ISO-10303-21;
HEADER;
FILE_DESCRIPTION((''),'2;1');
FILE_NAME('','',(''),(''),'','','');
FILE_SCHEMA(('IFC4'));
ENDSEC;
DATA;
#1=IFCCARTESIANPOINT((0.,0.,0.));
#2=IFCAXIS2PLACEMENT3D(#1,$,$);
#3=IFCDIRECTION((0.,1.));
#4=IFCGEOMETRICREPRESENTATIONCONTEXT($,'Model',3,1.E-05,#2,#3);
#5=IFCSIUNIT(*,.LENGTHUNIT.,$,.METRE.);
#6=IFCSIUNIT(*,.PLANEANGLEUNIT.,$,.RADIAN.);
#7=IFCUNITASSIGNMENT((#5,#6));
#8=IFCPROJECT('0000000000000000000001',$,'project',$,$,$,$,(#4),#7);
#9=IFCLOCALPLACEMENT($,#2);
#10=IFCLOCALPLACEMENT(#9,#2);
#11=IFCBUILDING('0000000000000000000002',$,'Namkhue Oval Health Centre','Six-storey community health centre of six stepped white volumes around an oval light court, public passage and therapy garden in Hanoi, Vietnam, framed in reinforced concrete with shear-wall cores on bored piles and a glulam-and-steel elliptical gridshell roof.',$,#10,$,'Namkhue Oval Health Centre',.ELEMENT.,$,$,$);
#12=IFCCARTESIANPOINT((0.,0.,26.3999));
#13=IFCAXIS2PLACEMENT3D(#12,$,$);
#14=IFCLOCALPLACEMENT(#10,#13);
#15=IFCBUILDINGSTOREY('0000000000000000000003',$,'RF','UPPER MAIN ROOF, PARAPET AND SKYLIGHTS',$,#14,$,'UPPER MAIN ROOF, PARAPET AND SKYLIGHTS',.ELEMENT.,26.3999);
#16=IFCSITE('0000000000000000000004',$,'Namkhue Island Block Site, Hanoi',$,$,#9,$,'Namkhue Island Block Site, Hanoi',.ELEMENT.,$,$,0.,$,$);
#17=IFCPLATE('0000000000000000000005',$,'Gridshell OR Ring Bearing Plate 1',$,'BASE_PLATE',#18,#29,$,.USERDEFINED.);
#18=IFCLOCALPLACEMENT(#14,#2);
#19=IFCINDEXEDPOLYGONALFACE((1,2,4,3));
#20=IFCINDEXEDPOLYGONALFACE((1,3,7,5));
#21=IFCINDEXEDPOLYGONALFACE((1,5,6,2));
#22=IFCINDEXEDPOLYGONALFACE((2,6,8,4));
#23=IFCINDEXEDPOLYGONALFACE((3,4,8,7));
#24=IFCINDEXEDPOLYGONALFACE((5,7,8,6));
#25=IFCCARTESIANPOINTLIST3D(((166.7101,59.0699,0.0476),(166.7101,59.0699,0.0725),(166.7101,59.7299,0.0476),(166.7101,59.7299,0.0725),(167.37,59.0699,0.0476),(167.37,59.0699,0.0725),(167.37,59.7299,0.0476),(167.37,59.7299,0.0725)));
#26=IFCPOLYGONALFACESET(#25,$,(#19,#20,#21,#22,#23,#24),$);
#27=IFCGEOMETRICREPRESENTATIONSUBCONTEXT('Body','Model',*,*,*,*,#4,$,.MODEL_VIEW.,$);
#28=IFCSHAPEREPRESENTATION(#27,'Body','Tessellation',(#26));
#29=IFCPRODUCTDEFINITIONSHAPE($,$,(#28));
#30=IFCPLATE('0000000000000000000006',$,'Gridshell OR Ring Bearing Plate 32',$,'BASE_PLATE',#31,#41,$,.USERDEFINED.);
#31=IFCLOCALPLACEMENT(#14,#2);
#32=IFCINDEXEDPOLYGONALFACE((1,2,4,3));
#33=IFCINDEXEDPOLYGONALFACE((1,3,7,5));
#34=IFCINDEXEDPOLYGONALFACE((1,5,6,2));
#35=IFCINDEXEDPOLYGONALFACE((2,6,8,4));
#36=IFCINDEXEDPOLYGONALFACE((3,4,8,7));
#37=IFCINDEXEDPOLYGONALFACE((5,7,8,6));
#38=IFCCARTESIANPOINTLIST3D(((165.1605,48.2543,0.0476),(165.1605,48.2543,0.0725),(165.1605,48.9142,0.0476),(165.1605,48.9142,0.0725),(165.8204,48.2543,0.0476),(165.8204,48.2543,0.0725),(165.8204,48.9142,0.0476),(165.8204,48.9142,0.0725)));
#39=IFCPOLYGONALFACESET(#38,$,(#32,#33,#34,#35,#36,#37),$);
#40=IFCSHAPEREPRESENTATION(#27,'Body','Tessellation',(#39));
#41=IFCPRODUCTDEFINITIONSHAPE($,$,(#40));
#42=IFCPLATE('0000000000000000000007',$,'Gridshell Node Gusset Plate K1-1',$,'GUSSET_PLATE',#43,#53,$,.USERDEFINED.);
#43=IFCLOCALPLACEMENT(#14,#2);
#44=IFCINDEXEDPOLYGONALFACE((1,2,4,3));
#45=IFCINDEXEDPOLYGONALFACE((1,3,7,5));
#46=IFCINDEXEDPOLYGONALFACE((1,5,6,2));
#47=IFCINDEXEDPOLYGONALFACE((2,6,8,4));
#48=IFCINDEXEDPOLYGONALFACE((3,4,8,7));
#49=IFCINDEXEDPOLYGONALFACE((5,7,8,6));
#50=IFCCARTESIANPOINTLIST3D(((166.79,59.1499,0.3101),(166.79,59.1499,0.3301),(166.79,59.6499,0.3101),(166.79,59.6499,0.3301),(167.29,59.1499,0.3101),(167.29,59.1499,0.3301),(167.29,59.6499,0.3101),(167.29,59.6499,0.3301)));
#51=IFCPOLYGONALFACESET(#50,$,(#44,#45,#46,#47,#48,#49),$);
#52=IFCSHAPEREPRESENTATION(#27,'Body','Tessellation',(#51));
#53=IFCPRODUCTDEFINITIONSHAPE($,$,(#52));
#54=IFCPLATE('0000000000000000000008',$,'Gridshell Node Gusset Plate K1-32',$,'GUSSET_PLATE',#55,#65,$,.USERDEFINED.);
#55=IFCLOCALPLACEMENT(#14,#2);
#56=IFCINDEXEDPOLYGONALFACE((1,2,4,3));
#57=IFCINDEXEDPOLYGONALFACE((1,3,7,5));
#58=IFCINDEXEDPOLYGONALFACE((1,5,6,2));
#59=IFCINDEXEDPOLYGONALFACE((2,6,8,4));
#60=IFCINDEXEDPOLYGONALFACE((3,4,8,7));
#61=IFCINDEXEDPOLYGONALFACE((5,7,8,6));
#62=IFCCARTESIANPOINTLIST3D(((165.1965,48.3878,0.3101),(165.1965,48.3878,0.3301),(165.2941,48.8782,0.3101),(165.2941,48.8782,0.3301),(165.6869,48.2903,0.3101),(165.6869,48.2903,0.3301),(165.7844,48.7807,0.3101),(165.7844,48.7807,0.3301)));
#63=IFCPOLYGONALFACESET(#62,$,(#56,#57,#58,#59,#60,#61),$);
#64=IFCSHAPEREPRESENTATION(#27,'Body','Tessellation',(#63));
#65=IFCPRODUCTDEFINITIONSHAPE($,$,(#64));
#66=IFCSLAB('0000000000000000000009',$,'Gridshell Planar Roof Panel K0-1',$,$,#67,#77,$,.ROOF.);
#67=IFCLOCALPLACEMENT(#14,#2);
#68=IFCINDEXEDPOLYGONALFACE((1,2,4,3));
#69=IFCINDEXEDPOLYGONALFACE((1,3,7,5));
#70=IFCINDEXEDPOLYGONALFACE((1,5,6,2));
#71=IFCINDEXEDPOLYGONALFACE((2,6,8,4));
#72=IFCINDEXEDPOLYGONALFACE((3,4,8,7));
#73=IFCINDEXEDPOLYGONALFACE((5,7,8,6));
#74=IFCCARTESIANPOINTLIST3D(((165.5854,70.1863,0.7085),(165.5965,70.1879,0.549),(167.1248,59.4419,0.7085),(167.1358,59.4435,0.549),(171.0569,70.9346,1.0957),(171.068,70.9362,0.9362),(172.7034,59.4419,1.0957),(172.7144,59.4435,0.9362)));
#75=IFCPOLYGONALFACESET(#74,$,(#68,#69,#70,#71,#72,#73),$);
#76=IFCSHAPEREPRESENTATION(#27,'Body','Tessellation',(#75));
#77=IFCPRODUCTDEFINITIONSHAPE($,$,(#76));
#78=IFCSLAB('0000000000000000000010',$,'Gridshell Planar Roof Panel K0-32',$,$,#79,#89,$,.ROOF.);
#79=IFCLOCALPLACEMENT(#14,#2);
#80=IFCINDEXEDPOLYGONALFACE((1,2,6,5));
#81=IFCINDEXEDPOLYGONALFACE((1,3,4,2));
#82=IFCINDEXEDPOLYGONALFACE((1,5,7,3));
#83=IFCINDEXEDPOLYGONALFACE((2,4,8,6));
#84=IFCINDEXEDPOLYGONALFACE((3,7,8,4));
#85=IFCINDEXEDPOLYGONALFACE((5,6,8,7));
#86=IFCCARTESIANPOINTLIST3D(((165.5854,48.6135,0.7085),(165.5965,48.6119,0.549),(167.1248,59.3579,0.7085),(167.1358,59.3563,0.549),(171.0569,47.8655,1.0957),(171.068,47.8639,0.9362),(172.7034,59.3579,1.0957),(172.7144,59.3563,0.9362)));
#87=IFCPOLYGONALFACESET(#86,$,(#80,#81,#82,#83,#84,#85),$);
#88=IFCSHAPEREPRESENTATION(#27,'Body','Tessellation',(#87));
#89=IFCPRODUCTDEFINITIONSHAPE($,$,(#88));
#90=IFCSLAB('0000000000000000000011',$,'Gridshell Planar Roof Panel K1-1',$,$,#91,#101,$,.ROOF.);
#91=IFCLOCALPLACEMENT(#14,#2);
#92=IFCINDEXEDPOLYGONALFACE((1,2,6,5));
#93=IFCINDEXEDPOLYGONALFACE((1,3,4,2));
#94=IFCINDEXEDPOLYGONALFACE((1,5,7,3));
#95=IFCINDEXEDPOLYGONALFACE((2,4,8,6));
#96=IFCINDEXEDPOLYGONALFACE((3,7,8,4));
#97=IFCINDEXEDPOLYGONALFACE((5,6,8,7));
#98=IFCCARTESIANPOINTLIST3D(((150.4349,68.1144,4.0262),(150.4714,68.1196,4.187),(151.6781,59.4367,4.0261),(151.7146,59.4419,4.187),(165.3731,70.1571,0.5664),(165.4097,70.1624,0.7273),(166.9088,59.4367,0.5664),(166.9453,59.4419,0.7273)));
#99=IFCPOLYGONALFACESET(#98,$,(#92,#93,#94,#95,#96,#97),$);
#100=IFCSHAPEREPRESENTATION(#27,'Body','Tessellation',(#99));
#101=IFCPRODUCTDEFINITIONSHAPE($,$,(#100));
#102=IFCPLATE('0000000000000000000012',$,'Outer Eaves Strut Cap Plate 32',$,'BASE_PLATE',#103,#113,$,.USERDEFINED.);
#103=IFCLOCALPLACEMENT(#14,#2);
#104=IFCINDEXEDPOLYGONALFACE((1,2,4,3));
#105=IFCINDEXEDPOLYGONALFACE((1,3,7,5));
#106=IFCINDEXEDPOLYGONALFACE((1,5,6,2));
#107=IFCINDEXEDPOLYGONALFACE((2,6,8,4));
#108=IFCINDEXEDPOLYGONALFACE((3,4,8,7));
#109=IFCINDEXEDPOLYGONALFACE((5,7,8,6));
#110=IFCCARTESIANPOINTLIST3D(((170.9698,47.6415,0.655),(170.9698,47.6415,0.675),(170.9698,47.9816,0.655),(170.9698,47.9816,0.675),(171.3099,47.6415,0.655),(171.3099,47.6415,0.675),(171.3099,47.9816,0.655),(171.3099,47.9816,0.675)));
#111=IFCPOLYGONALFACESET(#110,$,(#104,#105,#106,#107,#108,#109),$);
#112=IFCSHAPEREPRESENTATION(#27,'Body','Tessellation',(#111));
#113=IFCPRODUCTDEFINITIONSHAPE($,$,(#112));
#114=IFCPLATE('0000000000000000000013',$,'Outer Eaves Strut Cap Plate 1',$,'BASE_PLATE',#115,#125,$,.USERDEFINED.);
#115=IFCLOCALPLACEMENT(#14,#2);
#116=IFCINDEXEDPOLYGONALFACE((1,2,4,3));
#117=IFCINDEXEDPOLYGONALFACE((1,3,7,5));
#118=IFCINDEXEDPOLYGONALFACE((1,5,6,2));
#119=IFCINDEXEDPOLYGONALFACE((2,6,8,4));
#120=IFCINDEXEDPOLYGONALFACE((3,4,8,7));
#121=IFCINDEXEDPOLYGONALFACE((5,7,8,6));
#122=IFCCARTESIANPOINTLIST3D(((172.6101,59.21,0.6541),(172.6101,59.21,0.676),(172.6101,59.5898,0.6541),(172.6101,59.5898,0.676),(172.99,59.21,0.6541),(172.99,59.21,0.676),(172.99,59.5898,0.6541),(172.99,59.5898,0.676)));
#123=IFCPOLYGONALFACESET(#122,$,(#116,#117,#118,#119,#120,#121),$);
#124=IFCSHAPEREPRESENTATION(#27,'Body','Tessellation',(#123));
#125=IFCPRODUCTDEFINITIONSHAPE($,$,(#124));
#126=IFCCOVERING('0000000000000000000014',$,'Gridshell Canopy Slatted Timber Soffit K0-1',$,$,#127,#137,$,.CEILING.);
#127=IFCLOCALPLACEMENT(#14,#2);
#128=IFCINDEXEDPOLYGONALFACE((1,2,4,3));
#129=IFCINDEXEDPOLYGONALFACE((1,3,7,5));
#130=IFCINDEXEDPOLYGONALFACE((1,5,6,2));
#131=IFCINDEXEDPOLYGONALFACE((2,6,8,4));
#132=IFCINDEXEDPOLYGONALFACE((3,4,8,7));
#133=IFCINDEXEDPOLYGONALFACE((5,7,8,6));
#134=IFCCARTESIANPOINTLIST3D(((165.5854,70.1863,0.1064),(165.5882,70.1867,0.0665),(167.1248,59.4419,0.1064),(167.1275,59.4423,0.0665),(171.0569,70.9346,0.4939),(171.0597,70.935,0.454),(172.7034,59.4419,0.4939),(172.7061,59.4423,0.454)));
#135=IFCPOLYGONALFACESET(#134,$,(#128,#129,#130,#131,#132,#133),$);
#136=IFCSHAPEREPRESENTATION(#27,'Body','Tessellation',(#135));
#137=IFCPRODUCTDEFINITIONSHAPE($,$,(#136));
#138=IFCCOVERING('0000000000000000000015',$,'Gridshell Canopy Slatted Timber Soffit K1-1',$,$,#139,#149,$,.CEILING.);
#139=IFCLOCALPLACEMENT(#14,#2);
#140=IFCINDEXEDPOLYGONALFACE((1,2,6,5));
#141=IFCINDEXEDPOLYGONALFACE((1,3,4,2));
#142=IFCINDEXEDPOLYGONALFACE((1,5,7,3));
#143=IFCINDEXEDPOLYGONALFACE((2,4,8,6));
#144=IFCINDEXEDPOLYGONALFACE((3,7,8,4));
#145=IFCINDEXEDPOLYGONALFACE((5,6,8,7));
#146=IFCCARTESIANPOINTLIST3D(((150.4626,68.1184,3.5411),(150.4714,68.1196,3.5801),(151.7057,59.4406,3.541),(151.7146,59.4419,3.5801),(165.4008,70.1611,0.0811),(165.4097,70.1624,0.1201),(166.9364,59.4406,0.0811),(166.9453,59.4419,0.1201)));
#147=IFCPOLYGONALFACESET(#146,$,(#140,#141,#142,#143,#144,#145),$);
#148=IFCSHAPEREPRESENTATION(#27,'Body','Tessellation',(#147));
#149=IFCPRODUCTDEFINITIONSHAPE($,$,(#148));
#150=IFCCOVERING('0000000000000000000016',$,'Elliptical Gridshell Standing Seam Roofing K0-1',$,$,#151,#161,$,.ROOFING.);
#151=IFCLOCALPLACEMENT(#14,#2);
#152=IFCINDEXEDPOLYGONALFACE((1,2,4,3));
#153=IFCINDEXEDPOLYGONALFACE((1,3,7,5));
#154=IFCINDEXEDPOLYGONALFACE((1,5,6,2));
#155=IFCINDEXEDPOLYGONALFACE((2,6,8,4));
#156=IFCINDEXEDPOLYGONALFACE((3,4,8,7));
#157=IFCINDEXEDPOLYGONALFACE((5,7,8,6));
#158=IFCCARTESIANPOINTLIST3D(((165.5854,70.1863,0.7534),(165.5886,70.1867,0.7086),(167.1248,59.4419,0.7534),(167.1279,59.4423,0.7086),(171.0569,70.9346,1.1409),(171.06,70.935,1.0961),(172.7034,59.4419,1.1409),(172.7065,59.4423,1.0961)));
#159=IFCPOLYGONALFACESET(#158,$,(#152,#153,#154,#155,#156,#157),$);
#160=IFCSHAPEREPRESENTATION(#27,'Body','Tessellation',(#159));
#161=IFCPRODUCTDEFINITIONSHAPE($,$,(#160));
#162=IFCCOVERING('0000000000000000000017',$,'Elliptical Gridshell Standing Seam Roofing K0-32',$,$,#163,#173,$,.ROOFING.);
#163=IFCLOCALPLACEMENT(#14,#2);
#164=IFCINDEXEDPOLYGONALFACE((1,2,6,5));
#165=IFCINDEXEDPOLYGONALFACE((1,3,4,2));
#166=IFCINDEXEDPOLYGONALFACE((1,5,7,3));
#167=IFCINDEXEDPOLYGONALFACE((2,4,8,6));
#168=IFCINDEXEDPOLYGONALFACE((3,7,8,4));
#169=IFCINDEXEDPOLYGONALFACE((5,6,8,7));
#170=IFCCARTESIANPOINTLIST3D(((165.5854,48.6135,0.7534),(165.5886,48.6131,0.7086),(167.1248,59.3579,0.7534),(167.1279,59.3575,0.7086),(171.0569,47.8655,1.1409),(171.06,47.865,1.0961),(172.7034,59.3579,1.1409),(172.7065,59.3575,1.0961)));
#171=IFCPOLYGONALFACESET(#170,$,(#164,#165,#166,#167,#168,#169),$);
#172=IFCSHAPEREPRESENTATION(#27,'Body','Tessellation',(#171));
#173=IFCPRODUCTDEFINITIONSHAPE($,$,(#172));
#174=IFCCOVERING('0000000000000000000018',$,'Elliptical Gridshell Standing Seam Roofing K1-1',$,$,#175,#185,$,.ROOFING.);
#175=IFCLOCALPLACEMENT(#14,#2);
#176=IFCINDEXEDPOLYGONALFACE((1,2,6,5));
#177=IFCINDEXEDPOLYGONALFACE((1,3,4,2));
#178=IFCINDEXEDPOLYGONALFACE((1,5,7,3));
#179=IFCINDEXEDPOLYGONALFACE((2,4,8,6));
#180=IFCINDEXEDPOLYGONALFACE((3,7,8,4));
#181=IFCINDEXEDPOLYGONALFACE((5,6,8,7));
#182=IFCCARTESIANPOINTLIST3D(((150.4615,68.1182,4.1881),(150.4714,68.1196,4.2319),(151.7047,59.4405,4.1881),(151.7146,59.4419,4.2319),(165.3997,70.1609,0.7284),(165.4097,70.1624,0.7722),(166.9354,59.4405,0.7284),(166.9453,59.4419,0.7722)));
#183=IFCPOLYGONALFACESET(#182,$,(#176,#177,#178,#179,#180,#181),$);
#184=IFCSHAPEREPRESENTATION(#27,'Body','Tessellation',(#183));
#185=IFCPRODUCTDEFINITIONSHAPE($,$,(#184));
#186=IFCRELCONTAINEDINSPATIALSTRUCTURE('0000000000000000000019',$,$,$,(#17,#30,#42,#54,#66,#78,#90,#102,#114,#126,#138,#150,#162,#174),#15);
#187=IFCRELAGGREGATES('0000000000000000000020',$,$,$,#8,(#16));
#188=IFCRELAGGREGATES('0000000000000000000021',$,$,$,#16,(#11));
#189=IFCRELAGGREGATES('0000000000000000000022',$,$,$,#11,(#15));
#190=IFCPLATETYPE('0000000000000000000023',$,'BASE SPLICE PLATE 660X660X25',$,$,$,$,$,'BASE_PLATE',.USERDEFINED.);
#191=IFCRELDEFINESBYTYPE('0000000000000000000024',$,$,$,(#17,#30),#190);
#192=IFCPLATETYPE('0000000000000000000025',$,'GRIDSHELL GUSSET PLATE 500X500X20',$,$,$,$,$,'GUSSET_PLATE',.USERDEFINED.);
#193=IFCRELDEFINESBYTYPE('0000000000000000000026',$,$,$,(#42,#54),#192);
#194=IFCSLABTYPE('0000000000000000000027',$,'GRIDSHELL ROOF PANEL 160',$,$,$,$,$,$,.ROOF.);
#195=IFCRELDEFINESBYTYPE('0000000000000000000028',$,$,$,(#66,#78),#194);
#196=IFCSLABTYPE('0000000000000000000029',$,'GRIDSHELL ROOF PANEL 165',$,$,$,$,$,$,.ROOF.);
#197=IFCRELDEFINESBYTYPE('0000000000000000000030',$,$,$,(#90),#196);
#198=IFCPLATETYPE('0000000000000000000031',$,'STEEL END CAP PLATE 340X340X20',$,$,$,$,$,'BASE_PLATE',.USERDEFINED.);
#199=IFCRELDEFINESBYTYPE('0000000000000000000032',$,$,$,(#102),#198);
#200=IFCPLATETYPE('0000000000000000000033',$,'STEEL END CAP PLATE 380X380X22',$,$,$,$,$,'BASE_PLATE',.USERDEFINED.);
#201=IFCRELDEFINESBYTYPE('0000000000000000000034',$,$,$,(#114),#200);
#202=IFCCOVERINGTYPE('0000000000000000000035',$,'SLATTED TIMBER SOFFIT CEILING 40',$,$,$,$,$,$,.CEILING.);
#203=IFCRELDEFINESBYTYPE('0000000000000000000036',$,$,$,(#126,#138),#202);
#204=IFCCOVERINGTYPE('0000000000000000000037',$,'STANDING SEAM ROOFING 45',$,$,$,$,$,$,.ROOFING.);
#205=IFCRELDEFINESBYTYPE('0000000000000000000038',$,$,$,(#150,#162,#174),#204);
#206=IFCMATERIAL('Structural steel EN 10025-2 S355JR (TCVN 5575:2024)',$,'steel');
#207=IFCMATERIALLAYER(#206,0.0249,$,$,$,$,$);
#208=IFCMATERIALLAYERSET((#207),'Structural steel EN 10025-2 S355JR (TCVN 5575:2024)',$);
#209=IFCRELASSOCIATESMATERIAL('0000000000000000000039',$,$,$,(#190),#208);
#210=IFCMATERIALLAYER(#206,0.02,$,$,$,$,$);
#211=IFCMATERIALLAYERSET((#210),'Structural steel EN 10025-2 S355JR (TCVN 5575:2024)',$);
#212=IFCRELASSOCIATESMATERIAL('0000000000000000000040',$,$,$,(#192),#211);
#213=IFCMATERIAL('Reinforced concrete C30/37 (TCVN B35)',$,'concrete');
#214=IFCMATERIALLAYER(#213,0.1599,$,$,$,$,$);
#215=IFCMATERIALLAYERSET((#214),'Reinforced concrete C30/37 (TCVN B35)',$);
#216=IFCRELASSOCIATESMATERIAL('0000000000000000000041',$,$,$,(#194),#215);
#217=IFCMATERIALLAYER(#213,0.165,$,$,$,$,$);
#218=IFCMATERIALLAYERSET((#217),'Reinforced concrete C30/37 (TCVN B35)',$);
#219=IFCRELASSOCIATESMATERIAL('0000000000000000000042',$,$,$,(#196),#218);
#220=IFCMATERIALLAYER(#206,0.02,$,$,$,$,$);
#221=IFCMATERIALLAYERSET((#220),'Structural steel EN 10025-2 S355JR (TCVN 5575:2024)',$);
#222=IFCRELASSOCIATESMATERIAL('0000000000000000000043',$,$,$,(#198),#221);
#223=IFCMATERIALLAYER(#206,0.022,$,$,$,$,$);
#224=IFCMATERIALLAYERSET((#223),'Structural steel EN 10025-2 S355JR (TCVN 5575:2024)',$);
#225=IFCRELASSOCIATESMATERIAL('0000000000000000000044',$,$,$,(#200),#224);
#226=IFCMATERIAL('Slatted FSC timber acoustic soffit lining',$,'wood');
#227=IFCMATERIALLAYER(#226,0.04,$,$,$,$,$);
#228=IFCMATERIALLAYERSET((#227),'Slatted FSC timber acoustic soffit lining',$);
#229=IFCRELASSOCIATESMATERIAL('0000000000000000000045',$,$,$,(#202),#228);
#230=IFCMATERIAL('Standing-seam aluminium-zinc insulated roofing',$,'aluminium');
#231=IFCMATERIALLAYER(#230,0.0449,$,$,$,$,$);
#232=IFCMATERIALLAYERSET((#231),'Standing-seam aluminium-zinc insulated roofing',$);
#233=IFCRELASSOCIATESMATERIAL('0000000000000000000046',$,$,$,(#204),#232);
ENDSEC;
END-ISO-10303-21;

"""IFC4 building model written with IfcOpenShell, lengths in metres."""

from ifc_helpers import new_model, si_unit, direction, frame, origin, origin_2d, place, context, subcontext, project, spatial, polyline, rectangle, outline, extrude, material, layer, layer_set, type_object, element, save


model = new_model("IFC4")

# Units and contexts
model_context = context("Model", 3, precision=1e-05, world=origin(), true_north=direction((0.0, 1.0)))
body_context = subcontext(model_context, "Body", "Model", "MODEL_VIEW")
ifc_project = project(units=[si_unit("LENGTHUNIT", "METRE"), si_unit("PLANEANGLEUNIT", "RADIAN")], contexts=[model_context])

# Site, building, storey
site_placement = place(None, origin())
site = spatial("IfcSite", under=ifc_project, at=site_placement, Name="Namkhue Island Block Site, Hanoi", LongName="Namkhue Island Block Site, Hanoi", CompositionType="ELEMENT", RefElevation=0.0)
building_placement = place(site_placement, origin())
building = spatial("IfcBuilding", under=site, at=building_placement, Name="Namkhue Oval Health Centre", Description="Six-storey community health centre of six stepped white volumes around an oval light court, public passage and therapy garden in Hanoi, Vietnam, framed in reinforced concrete with shear-wall cores on bored piles and a glulam-and-steel elliptical gridshell roof.", LongName="Namkhue Oval Health Centre", CompositionType="ELEMENT")
storey_placement = place(building_placement, frame((0.0, 0.0, 26.3999)))
storey = spatial("IfcBuildingStorey", under=building, at=storey_placement, Name="RF", Description="UPPER MAIN ROOF, PARAPET AND SKYLIGHTS", LongName="UPPER MAIN ROOF, PARAPET AND SKYLIGHTS", CompositionType="ELEMENT", Elevation=26.3999)

# Shared definitions
ifc_material_1 = material(Name="Structural steel EN 10025-2 S355JR (TCVN 5575:2024)", Category="steel")

# Plates
ifc_layer_1 = layer(ifc_material_1, 0.0249)
ifc_layer_set_1 = layer_set([ifc_layer_1], Name="Structural steel EN 10025-2 S355JR (TCVN 5575:2024)")
plate_type_1 = type_object("IfcPlateType", Name="BASE SPLICE PLATE 660X660X25", ElementType="BASE_PLATE", PredefinedType="USERDEFINED", material=ifc_layer_set_1)
for number, where, z_axis, x_axis, name in (
    (1, (167.04, 59.3999, 0.0476), (0.0, 0.0, 1.0), (1.0, 0.0, 0.0), "Gridshell OR Ring Bearing Plate 1"),
    (2, (165.4905, 48.5842, 0.0476), (0.0, 0.0, 1.0), (1.0, 0.0, 0.0), "Gridshell OR Ring Bearing Plate 32"),
):
    element("IfcPlate", number, at=place(storey_placement, frame(where, z_axis=z_axis, x_axis=x_axis)), inside=storey, type_object=plate_type_1, Name=name, ObjectType="BASE_PLATE", PredefinedType="USERDEFINED", context=body_context, shape_type="SweptSolid", body=[
        extrude(rectangle(XDim=0.6599, YDim=0.6599, at=origin_2d()), origin(), (0.0, 0.0, 1.0), 0.0249),
    ])
ifc_layer_2 = layer(ifc_material_1, 0.02)
ifc_layer_set_2 = layer_set([ifc_layer_2], Name="Structural steel EN 10025-2 S355JR (TCVN 5575:2024)")
plate_type_2 = type_object("IfcPlateType", Name="GRIDSHELL GUSSET PLATE 500X500X20", ElementType="GUSSET_PLATE", PredefinedType="USERDEFINED", material=ifc_layer_set_2)
for number, where, z_axis, x_axis, name in (
    (3, (167.04, 59.3999, 0.3101), (0.0, 0.0, 1.0), (1.0, 0.0, 0.0), "Gridshell Node Gusset Plate K1-1"),
    (4, (165.4905, 48.5842, 0.3101), (0.0, 0.0, 1.0), (0.980785, -0.19509, 0.0), "Gridshell Node Gusset Plate K1-32"),
):
    element("IfcPlate", number, at=place(storey_placement, frame(where, z_axis=z_axis, x_axis=x_axis)), inside=storey, type_object=plate_type_2, Name=name, ObjectType="GUSSET_PLATE", PredefinedType="USERDEFINED", context=body_context, shape_type="SweptSolid", body=[
        extrude(rectangle(XDim=0.5, YDim=0.5, at=origin_2d()), origin(), (0.0, 0.0, 1.0), 0.02),
    ])

# Slabs
ifc_material_2 = material(Name="Reinforced concrete C30/37 (TCVN B35)", Category="concrete")
ifc_layer_3 = layer(ifc_material_2, 0.1599)
ifc_layer_set_3 = layer_set([ifc_layer_3], Name="Reinforced concrete C30/37 (TCVN B35)")
slab_type_1 = type_object("IfcSlabType", Name="GRIDSHELL ROOF PANEL 160", PredefinedType="ROOF", material=ifc_layer_set_3)
slab_1_placement = place(storey_placement, frame((172.7034, 59.4419, 1.0957), z_axis=(-0.069239, -0.00992, 0.997551), x_axis=(-0.141816, 0.989893, 0.0)))
element("IfcSlab", 5, at=slab_1_placement, inside=storey, type_object=slab_type_1, Name="Gridshell Planar Roof Panel K0-1", PredefinedType="ROOF", context=body_context, shape_type="SweptSolid", body=[
    extrude(outline(polyline([(0.0, 0.0), (11.61, 0.0), (11.6452, 5.5358), (0.7911, 5.5358), (0.0, 0.0)])), origin(), (0.0, 0.0, -1.0), 0.1599),
])
slab_2_placement = place(storey_placement, frame((171.0569, 47.8655, 1.0957), z_axis=(-0.069239, 0.00992, 0.997551), x_axis=(0.141819, 0.989893, 0.0)))
element("IfcSlab", 6, at=slab_2_placement, inside=storey, type_object=slab_type_1, Name="Gridshell Planar Roof Panel K0-32", PredefinedType="ROOF", context=body_context, shape_type="SweptSolid", body=[
    extrude(outline(polyline([(0.0, 0.0), (11.6098, 0.0), (10.8186, 5.5358), (-0.0355, 5.5358), (0.0, 0.0)])), origin(), (0.0, 0.0, -1.0), 0.1599),
])
ifc_layer_4 = layer(ifc_material_2, 0.165)
ifc_layer_set_4 = layer_set([ifc_layer_4], Name="Reinforced concrete C30/37 (TCVN B35)")
slab_type_2 = type_object("IfcSlabType", Name="GRIDSHELL ROOF PANEL 165", PredefinedType="ROOF", material=ifc_layer_set_4)
slab_3_placement = place(storey_placement, frame((166.9453, 59.4419, 0.7273), z_axis=(0.221399, 0.031716, 0.974668), x_axis=(-0.141797, 0.989896, -0.000001)))
element("IfcSlab", 7, at=slab_3_placement, inside=storey, type_object=slab_type_2, Name="Gridshell Planar Roof Panel K1-1", PredefinedType="ROOF", context=body_context, shape_type="SweptSolid", body=[
    extrude(outline(polyline([(0.0, 0.0), (10.8299, 0.0), (10.926, 15.4688), (2.1597, 15.4687), (0.0, 0.0)])), origin(), (0.0, 0.0, -1.0), 0.165),
])

# Plates
ifc_layer_5 = layer(ifc_material_1, 0.02)
ifc_layer_set_5 = layer_set([ifc_layer_5], Name="Structural steel EN 10025-2 S355JR (TCVN 5575:2024)")
plate_type_3 = type_object("IfcPlateType", Name="STEEL END CAP PLATE 340X340X20", ElementType="BASE_PLATE", PredefinedType="USERDEFINED", material=ifc_layer_set_5)
plate_1_placement = place(storey_placement, frame((171.1399, 47.8115, 0.655), z_axis=(0.0, 0.0, 1.0), x_axis=(1.0, 0.0, 0.0)))
element("IfcPlate", 8, at=plate_1_placement, inside=storey, type_object=plate_type_3, Name="Outer Eaves Strut Cap Plate 32", ObjectType="BASE_PLATE", PredefinedType="USERDEFINED", context=body_context, shape_type="SweptSolid", body=[
    extrude(rectangle(XDim=0.3401, YDim=0.3401, at=origin_2d()), origin(), (0.0, 0.0, 1.0), 0.02),
])
ifc_layer_6 = layer(ifc_material_1, 0.022)
ifc_layer_set_6 = layer_set([ifc_layer_6], Name="Structural steel EN 10025-2 S355JR (TCVN 5575:2024)")
plate_type_4 = type_object("IfcPlateType", Name="STEEL END CAP PLATE 380X380X22", ElementType="BASE_PLATE", PredefinedType="USERDEFINED", material=ifc_layer_set_6)
plate_2_placement = place(storey_placement, frame((172.8, 59.3999, 0.6541), z_axis=(0.0, 0.0, 1.0), x_axis=(1.0, 0.0, 0.0)))
element("IfcPlate", 9, at=plate_2_placement, inside=storey, type_object=plate_type_4, Name="Outer Eaves Strut Cap Plate 1", ObjectType="BASE_PLATE", PredefinedType="USERDEFINED", context=body_context, shape_type="SweptSolid", body=[
    extrude(rectangle(XDim=0.3799, YDim=0.3799, at=origin_2d()), origin(), (0.0, 0.0, 1.0), 0.022),
])

# Coverings
ifc_material_3 = material(Name="Slatted FSC timber acoustic soffit lining", Category="wood")
ifc_layer_7 = layer(ifc_material_3, 0.04)
ifc_layer_set_7 = layer_set([ifc_layer_7], Name="Slatted FSC timber acoustic soffit lining")
covering_type_1 = type_object("IfcCoveringType", Name="SLATTED TIMBER SOFFIT CEILING 40", PredefinedType="CEILING", material=ifc_layer_set_7)
covering_1_placement = place(storey_placement, frame((172.7034, 59.4419, 0.4939), z_axis=(-0.069282, -0.009926, 0.997548), x_axis=(-0.141816, 0.989893, 0.0)))
element("IfcCovering", 10, at=covering_1_placement, inside=storey, type_object=covering_type_1, Name="Gridshell Canopy Slatted Timber Soffit K0-1", PredefinedType="CEILING", context=body_context, shape_type="SweptSolid", body=[
    extrude(outline(polyline([(0.0, 0.0), (11.61, 0.0), (11.6452, 5.5358), (0.7911, 5.5358), (0.0, 0.0)])), origin(), (0.0, 0.0, -1.0), 0.04),
])
covering_2_placement = place(storey_placement, frame((166.9453, 59.4419, 0.1201), z_axis=(0.221413, 0.031718, 0.974664), x_axis=(-0.141797, 0.989896, -0.000001)))
element("IfcCovering", 11, at=covering_2_placement, inside=storey, type_object=covering_type_1, Name="Gridshell Canopy Slatted Timber Soffit K1-1", PredefinedType="CEILING", context=body_context, shape_type="SweptSolid", body=[
    extrude(outline(polyline([(0.0, 0.0), (10.8299, 0.0), (10.926, 15.4689), (2.1597, 15.4687), (0.0, 0.0)])), origin(), (0.0, 0.0, -1.0), 0.04),
])
ifc_material_4 = material(Name="Standing-seam aluminium-zinc insulated roofing", Category="aluminium")
ifc_layer_8 = layer(ifc_material_4, 0.0449)
ifc_layer_set_8 = layer_set([ifc_layer_8], Name="Standing-seam aluminium-zinc insulated roofing")
covering_type_2 = type_object("IfcCoveringType", Name="STANDING SEAM ROOFING 45", PredefinedType="ROOFING", material=ifc_layer_set_8)
covering_3_placement = place(storey_placement, frame((172.7034, 59.4419, 1.1409), z_axis=(-0.069282, -0.009926, 0.997548), x_axis=(-0.141816, 0.989893, 0.0)))
element("IfcCovering", 12, at=covering_3_placement, inside=storey, type_object=covering_type_2, Name="Elliptical Gridshell Standing Seam Roofing K0-1", PredefinedType="ROOFING", context=body_context, shape_type="SweptSolid", body=[
    extrude(outline(polyline([(0.0, 0.0), (11.61, 0.0), (11.6452, 5.5358), (0.7911, 5.5358), (0.0, 0.0)])), origin(), (0.0, 0.0, -1.0), 0.0449),
])
covering_4_placement = place(storey_placement, frame((171.0569, 47.8655, 1.1409), z_axis=(-0.069283, 0.009926, 0.997548), x_axis=(0.141819, 0.989893, 0.0)))
element("IfcCovering", 13, at=covering_4_placement, inside=storey, type_object=covering_type_2, Name="Elliptical Gridshell Standing Seam Roofing K0-32", PredefinedType="ROOFING", context=body_context, shape_type="SweptSolid", body=[
    extrude(outline(polyline([(0.0, 0.0), (11.6098, 0.0), (10.8186, 5.5358), (-0.0355, 5.5358), (0.0, 0.0)])), origin(), (0.0, 0.0, -1.0), 0.0449),
])
covering_5_placement = place(storey_placement, frame((166.9453, 59.4419, 0.7722), z_axis=(0.221399, 0.031716, 0.974668), x_axis=(-0.141797, 0.989896, -0.000001)))
element("IfcCovering", 14, at=covering_5_placement, inside=storey, type_object=covering_type_2, Name="Elliptical Gridshell Standing Seam Roofing K1-1", PredefinedType="ROOFING", context=body_context, shape_type="SweptSolid", body=[
    extrude(outline(polyline([(0.0, 0.0), (10.8299, 0.0), (10.926, 15.4688), (2.1597, 15.4687), (0.0, 0.0)])), origin(), (0.0, 0.0, -1.0), 0.0449),
])

save(model, "model.ifc")
